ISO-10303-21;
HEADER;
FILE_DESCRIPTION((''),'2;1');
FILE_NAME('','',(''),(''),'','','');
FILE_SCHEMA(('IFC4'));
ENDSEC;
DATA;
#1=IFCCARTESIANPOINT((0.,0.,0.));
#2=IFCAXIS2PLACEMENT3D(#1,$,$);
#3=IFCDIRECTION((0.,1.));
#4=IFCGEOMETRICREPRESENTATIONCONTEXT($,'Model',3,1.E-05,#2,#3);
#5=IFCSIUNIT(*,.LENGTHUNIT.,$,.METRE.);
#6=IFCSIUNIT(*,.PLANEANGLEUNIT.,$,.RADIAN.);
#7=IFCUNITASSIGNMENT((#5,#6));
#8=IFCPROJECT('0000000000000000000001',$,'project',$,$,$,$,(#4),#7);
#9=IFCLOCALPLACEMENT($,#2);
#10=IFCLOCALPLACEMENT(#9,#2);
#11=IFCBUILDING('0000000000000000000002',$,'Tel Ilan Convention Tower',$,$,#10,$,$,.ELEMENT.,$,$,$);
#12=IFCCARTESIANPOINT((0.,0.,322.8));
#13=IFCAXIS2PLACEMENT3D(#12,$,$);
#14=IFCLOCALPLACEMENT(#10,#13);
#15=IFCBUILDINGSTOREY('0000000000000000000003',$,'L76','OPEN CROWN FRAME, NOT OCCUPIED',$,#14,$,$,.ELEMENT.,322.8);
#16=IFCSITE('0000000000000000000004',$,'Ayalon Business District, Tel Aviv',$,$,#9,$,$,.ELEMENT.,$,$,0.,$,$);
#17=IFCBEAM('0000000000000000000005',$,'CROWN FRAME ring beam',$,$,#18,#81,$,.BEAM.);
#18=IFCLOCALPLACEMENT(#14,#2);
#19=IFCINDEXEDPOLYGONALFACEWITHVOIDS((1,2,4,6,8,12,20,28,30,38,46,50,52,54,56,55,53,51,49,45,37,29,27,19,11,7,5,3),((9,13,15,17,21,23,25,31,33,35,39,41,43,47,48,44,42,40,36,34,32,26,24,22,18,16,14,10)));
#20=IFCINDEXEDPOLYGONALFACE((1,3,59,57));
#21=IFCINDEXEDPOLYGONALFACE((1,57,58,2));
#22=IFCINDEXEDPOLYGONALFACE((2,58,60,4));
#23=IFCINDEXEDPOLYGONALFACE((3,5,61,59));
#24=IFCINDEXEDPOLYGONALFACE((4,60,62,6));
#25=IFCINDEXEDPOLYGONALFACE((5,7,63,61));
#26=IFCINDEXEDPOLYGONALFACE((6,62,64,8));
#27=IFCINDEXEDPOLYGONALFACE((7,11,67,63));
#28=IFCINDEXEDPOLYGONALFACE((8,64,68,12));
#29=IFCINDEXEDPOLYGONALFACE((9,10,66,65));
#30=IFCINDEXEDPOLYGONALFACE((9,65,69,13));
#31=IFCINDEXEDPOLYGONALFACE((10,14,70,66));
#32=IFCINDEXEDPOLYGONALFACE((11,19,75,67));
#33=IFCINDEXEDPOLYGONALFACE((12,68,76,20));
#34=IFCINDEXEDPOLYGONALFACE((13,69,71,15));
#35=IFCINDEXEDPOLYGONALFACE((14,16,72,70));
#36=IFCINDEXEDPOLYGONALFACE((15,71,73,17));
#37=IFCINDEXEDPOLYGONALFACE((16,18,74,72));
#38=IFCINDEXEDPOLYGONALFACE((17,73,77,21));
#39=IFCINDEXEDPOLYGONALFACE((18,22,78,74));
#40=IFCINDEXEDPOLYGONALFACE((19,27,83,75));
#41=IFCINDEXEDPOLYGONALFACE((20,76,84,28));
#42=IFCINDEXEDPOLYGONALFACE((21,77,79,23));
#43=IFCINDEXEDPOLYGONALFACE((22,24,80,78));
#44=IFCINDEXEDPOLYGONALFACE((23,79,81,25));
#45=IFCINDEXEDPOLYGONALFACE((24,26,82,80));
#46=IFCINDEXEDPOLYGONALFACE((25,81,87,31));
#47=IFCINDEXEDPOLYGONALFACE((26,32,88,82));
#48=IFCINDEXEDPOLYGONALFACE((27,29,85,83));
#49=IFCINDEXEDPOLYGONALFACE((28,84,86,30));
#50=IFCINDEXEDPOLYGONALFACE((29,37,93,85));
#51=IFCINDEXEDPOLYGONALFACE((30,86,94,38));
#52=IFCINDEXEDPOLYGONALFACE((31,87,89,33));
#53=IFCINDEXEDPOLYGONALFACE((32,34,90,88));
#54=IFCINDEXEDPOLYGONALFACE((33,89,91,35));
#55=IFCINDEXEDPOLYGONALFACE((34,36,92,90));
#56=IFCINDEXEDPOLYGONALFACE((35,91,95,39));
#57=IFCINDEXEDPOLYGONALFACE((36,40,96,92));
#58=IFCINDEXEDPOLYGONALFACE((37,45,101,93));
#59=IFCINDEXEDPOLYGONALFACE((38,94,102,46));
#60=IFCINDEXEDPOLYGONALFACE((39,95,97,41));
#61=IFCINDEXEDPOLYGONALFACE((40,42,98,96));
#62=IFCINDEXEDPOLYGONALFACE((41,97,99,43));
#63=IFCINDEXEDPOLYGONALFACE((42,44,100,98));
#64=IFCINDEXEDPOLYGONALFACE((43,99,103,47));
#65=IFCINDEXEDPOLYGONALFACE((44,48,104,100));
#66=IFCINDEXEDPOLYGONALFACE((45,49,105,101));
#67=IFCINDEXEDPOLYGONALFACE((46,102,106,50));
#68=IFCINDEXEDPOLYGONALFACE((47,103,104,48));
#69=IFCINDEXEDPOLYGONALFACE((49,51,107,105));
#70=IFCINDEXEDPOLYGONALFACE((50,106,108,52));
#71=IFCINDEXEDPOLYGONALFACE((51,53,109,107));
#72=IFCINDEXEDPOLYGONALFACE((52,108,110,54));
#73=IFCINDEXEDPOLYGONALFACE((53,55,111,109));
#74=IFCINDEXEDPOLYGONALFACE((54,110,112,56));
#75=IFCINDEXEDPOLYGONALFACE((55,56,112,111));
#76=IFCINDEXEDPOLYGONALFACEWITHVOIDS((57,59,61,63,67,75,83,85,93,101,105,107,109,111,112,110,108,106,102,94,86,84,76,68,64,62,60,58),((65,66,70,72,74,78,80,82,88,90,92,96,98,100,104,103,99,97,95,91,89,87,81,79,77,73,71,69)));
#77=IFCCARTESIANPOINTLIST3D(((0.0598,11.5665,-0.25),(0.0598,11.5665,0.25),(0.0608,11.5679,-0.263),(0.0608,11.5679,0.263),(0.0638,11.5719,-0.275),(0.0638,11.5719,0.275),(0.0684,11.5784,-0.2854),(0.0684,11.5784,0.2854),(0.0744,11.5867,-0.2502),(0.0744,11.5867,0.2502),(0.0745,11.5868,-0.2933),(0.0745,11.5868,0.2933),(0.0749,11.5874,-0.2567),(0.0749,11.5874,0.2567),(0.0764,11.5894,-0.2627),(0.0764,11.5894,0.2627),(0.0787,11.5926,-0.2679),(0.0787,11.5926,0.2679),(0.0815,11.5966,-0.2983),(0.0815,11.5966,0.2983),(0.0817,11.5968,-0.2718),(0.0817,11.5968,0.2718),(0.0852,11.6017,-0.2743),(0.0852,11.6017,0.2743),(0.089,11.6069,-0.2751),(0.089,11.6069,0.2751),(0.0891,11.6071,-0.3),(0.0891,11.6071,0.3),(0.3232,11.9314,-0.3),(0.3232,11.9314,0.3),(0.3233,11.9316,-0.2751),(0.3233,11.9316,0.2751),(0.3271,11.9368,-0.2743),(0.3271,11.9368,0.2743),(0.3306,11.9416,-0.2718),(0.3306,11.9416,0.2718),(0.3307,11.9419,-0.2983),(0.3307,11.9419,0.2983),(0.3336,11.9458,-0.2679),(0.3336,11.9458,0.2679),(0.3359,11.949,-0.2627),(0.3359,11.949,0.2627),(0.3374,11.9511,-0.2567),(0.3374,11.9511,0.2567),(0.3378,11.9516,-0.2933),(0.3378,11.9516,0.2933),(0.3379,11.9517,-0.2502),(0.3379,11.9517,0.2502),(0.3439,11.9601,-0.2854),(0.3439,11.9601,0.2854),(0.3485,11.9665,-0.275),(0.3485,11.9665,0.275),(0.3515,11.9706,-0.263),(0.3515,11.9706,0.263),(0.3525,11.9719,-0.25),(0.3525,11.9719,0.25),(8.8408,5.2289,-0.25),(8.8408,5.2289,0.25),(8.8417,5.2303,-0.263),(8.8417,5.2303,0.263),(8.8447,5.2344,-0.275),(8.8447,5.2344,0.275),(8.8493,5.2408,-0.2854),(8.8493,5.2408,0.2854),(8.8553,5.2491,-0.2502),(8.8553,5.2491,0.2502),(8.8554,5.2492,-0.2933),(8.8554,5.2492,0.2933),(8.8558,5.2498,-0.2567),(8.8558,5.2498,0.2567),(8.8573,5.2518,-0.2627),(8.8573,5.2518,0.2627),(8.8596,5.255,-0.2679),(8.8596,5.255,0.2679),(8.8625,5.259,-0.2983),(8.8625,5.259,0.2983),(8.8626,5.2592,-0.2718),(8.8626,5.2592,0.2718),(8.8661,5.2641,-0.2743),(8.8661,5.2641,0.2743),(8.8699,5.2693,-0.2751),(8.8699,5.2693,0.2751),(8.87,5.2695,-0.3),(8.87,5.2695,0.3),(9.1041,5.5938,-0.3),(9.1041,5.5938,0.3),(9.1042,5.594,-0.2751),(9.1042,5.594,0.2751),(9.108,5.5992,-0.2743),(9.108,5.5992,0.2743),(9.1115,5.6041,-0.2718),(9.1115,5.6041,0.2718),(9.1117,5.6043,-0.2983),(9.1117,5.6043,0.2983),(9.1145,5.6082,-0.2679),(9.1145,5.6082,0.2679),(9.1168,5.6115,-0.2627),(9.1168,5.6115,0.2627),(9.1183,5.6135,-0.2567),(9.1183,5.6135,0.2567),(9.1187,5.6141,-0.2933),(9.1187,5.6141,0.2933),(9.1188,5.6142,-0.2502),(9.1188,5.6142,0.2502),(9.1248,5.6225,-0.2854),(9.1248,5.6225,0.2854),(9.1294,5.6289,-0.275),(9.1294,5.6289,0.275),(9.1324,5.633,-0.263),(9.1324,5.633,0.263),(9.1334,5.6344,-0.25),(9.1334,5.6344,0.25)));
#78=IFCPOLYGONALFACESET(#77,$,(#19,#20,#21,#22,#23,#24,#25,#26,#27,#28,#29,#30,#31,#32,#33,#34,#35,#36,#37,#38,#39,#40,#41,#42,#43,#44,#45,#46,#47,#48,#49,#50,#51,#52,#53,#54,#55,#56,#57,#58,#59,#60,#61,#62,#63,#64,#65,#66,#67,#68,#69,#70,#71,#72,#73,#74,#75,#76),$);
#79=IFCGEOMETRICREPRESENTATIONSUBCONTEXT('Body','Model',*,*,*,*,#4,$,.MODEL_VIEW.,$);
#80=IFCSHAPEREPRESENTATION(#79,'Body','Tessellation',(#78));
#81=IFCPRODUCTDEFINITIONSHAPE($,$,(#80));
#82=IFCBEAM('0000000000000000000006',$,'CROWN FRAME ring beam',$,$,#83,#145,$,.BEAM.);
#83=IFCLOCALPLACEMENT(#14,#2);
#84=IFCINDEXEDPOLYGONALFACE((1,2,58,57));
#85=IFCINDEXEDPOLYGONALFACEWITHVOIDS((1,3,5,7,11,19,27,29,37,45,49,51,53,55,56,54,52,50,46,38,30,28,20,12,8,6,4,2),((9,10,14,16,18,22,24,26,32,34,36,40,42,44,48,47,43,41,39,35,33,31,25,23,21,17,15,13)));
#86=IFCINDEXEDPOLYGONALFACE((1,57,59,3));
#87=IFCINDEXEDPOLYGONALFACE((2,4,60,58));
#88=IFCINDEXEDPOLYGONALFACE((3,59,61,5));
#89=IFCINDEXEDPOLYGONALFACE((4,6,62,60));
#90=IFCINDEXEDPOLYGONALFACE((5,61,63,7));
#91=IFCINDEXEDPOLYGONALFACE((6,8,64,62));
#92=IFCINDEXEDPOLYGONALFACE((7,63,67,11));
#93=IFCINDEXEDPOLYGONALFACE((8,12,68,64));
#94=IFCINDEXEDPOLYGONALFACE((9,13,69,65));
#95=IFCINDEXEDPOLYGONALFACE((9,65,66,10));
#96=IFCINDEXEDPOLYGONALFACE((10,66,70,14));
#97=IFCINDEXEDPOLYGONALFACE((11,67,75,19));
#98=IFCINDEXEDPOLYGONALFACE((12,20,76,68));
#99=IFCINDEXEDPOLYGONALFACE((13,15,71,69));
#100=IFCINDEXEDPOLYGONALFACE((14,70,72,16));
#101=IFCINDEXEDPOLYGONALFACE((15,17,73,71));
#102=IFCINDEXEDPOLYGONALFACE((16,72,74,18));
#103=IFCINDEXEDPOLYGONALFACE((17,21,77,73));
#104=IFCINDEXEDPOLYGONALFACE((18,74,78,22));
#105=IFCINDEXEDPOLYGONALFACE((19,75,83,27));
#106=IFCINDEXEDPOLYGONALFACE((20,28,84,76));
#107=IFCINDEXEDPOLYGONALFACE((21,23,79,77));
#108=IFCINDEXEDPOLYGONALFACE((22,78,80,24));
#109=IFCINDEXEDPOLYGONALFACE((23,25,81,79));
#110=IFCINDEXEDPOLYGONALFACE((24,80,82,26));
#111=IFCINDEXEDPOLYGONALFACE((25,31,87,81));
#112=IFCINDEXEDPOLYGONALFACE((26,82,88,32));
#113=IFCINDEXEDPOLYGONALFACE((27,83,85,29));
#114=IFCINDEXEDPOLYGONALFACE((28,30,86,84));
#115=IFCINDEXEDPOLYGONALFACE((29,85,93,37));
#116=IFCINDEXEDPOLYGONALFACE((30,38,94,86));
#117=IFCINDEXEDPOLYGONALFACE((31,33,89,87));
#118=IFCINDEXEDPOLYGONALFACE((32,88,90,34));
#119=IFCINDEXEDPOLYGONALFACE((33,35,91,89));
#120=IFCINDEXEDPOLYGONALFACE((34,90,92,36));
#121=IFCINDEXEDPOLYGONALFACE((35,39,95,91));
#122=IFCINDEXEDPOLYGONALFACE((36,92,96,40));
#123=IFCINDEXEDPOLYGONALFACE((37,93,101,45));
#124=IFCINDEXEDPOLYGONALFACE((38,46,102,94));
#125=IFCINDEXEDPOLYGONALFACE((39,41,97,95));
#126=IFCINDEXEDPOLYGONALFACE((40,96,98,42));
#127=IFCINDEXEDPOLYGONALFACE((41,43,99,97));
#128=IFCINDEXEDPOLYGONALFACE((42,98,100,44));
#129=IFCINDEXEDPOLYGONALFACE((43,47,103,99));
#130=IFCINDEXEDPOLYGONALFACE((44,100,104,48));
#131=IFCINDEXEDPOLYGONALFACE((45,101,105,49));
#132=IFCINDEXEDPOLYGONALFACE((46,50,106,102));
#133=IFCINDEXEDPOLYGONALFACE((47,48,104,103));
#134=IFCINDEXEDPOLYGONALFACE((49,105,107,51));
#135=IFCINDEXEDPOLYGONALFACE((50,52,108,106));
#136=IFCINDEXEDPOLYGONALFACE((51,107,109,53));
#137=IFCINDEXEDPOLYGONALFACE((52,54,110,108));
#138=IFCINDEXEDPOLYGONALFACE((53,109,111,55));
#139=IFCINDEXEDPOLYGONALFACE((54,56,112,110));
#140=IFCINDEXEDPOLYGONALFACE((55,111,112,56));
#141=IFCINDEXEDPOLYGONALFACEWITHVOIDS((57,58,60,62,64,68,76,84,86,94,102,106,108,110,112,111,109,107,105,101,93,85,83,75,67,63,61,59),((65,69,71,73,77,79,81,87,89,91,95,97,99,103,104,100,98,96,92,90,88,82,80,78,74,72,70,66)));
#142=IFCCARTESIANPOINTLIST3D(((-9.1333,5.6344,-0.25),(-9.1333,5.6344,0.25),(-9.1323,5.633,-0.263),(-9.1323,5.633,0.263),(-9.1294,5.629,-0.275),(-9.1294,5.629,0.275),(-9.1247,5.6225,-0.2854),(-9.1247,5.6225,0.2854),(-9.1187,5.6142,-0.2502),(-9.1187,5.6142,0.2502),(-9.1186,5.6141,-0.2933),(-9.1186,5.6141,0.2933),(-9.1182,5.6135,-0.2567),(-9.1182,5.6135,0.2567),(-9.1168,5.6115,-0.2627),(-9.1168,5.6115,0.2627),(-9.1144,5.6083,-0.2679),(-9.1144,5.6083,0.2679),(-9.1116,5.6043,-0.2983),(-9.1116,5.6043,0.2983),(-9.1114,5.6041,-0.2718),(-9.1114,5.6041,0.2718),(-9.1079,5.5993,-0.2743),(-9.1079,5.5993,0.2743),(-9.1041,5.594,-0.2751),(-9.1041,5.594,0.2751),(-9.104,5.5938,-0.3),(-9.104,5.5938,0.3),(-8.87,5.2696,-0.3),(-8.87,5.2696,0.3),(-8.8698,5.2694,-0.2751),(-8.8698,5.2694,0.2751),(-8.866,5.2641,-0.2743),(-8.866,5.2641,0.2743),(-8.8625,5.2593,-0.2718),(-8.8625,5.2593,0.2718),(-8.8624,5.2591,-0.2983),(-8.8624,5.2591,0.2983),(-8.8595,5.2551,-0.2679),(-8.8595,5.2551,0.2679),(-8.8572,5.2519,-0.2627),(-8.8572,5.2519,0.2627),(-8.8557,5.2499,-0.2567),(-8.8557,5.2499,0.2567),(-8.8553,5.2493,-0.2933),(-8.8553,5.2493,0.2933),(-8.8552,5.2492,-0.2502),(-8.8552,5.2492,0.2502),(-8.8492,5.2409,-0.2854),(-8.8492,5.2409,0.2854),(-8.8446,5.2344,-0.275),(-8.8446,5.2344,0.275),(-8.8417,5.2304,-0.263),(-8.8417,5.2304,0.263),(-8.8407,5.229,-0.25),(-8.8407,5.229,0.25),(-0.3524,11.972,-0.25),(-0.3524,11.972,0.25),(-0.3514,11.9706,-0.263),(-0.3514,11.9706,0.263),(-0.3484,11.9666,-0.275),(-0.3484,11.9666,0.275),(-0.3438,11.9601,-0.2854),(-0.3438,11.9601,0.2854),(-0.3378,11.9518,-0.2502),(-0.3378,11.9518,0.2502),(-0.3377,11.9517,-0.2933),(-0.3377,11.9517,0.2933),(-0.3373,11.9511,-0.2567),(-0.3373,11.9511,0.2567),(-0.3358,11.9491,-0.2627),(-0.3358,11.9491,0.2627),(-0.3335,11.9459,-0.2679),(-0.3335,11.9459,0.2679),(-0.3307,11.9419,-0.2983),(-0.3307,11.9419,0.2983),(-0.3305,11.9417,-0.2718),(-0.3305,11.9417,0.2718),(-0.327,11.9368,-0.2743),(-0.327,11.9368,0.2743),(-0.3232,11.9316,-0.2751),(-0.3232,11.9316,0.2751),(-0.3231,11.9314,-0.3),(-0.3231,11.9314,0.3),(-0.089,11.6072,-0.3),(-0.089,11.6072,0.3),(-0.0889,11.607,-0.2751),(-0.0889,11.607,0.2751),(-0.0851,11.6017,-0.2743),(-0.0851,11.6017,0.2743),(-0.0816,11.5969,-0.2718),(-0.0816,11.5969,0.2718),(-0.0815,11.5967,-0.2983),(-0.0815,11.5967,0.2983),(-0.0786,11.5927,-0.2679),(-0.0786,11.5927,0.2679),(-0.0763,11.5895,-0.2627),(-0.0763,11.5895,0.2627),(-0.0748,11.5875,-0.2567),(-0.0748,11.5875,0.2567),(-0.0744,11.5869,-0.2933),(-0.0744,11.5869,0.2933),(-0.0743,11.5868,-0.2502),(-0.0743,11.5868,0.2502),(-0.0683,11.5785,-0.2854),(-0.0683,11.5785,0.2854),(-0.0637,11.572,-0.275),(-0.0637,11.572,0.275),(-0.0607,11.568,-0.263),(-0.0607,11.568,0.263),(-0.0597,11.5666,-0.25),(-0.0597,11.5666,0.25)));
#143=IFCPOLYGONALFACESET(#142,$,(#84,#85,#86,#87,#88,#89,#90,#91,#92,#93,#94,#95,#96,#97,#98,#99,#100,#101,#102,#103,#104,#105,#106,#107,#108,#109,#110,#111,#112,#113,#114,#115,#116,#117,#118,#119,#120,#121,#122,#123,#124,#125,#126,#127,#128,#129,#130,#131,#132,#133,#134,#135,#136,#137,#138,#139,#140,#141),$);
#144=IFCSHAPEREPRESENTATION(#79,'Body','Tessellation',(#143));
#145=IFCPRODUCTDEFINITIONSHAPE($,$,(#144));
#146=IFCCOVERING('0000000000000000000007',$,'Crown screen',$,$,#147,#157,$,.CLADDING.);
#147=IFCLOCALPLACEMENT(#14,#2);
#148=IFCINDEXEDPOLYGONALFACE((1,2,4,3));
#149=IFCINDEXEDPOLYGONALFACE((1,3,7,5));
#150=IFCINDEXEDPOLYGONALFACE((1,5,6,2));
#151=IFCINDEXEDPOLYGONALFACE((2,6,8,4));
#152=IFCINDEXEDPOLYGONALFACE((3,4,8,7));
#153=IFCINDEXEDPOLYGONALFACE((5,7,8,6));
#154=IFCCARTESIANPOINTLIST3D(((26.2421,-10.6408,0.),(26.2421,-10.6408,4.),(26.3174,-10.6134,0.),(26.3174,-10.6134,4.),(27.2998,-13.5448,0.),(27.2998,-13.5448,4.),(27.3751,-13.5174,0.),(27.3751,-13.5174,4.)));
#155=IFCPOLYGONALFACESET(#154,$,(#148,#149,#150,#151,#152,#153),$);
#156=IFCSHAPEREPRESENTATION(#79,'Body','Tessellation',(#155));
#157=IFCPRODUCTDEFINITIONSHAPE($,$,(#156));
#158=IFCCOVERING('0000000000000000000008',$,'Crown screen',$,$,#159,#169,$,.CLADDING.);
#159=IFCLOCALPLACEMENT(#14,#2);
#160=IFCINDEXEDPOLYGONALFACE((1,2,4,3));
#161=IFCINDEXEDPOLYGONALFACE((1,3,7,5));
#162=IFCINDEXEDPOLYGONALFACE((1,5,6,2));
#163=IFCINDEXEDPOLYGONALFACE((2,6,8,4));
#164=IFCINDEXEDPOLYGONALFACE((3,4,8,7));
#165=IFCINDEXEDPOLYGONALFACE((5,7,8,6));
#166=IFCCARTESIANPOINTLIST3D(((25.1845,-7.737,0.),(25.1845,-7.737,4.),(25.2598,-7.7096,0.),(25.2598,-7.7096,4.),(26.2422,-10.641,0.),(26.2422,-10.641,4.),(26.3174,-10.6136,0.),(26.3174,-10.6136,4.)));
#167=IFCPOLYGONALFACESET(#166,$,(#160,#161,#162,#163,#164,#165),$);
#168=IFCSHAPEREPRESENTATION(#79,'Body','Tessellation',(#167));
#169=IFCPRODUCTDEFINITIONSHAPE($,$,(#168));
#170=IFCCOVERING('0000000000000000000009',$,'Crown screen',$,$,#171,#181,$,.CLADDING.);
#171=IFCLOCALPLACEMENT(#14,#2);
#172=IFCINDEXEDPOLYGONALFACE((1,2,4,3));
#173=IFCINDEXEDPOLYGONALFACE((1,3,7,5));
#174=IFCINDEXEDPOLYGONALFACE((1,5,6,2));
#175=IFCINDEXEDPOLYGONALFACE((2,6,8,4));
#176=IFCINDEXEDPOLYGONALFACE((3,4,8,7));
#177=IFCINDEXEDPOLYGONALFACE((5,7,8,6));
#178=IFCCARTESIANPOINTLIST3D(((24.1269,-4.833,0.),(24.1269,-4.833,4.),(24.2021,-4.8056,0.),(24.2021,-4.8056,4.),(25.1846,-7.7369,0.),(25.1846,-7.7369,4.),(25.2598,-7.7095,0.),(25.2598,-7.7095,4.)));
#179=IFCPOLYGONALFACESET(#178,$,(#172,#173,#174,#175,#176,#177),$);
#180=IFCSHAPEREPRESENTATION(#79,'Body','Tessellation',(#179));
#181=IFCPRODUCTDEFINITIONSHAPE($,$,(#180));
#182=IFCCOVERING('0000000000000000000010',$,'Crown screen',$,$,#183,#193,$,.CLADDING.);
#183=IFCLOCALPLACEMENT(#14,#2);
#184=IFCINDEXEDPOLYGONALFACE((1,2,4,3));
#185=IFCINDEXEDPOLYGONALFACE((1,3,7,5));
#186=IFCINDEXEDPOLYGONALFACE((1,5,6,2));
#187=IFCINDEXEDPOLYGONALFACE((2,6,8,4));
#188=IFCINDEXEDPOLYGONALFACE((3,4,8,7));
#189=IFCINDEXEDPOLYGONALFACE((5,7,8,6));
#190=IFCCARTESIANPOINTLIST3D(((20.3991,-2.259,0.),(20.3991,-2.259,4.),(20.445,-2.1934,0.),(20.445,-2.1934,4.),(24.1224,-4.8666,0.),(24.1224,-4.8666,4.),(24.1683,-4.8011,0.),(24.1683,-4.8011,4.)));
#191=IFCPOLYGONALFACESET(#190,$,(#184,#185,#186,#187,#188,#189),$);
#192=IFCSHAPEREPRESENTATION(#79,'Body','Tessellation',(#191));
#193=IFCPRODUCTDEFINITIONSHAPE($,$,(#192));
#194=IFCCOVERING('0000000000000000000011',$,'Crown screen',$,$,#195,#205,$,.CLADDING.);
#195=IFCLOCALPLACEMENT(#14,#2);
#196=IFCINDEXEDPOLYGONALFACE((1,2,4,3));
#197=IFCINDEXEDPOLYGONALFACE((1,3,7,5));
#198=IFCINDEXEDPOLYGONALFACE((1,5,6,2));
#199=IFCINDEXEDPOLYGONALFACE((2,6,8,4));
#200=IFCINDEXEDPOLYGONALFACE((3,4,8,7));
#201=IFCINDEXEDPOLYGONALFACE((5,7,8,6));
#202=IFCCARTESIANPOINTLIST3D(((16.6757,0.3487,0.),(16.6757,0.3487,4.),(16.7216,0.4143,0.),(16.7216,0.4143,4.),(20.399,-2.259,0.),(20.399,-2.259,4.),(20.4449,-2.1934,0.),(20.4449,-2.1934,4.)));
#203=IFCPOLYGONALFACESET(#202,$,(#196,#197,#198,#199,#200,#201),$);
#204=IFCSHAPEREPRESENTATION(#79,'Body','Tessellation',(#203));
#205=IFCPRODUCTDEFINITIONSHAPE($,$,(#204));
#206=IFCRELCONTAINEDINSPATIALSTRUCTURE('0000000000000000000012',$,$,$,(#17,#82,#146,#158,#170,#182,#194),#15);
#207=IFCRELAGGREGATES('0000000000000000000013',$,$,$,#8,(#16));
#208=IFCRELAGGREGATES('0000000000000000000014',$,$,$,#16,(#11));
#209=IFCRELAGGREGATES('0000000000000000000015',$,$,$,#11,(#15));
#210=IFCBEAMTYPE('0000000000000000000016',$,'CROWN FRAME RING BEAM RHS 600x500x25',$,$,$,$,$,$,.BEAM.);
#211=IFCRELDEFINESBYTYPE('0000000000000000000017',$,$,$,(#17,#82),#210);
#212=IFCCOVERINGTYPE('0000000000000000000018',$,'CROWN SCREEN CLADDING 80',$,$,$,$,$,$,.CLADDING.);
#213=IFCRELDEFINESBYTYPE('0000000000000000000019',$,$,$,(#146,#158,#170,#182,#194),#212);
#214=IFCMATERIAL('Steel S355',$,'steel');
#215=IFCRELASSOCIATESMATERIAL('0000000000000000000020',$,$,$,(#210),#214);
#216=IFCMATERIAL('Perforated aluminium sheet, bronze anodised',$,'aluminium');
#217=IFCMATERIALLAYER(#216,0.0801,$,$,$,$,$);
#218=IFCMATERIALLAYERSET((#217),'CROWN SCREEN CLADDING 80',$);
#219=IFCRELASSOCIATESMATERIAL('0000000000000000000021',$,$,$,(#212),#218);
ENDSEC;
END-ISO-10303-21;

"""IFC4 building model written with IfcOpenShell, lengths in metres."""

from ifc_helpers import new_model, si_unit, direction, frame, origin, origin_2d, place, context, subcontext, project, spatial, rectangle, hollow_rectangle, extrude, material, layer, layer_set, material_profile, profile_set, type_object, element, save


model = new_model("IFC4")

# Units and contexts
model_context = context("Model", 3, precision=1e-05, world=origin(), true_north=direction((0.0, 1.0)))
body_context = subcontext(model_context, "Body", "Model", "MODEL_VIEW")
ifc_project = project(units=[si_unit("LENGTHUNIT", "METRE"), si_unit("PLANEANGLEUNIT", "RADIAN")], contexts=[model_context])

# Site, building, storey
site_placement = place(None, origin())
site = spatial("IfcSite", under=ifc_project, at=site_placement, Name="Ayalon Business District, Tel Aviv", CompositionType="ELEMENT", RefElevation=0.0)
building_placement = place(site_placement, origin())
building = spatial("IfcBuilding", under=site, at=building_placement, Name="Tel Ilan Convention Tower", CompositionType="ELEMENT")
storey_placement = place(building_placement, frame((0.0, 0.0, 322.8)))
storey = spatial("IfcBuildingStorey", under=building, at=storey_placement, Name="L76", Description="OPEN CROWN FRAME, NOT OCCUPIED", CompositionType="ELEMENT", Elevation=322.8)

# Beams
ifc_material_1 = material(Name="Steel S355", Category="steel")
ifc_material_profile_1 = material_profile(ifc_material_1, hollow_rectangle(XDim=0.5, YDim=0.6001, WallThickness=0.0249, InnerFilletRadius=0.0249, OuterFilletRadius=0.05, at=origin_2d()), Name="RHS 600x500x25")
ifc_profile_set_1 = profile_set([ifc_material_profile_1], Name="Steel S355")
beam_type = type_object("IfcBeamType", Name="CROWN FRAME RING BEAM RHS 600x500x25", PredefinedType="BEAM", material=ifc_profile_set_1)
for number, where, z_axis, x_axis, name in (
    (1, (8.9871, 5.4316, 0.0), (-0.810863, 0.585236, 0.0), (-0.585236, -0.810863, 0.0), "CROWN FRAME ring beam"),
    (2, (-0.2061, 11.7693, 0.0), (-0.810863, -0.585236, 0.0), (0.585236, -0.810863, 0.0), "CROWN FRAME ring beam"),
):
    element("IfcBeam", number, at=place(storey_placement, frame(where, z_axis=z_axis, x_axis=x_axis)), inside=storey, type_object=beam_type, Name=name, PredefinedType="BEAM", context=body_context, shape_type="SweptSolid", body=[
        extrude(hollow_rectangle(XDim=0.5, YDim=0.6001, WallThickness=0.0249, InnerFilletRadius=0.0249, OuterFilletRadius=0.05, at=origin_2d()), origin(), (0.0, 0.0, 1.0), 10.8291),
    ])

# Coverings
ifc_material_2 = material(Name="Perforated aluminium sheet, bronze anodised", Category="aluminium")
ifc_layer = layer(ifc_material_2, 0.0801)
ifc_layer_set = layer_set([ifc_layer], Name="CROWN SCREEN CLADDING 80")
covering_type = type_object("IfcCoveringType", Name="CROWN SCREEN CLADDING 80", PredefinedType="CLADDING", material=ifc_layer_set)
for number, where, z_axis, x_axis, name in (
    (3, (26.8086, -12.0791, 0.0), (0.0, 0.0, 1.0), (-0.342225, 0.939618, 0.0), "Crown screen"),
    (4, (25.751, -9.1753, 0.0), (0.0, 0.0, 1.0), (-0.342225, 0.939618, 0.0), "Crown screen"),
    (5, (24.6934, -6.2712, 0.0), (0.0, 0.0, 1.0), (-0.342225, 0.939618, 0.0), "Crown screen"),
):
    element("IfcCovering", number, at=place(storey_placement, frame(where, z_axis=z_axis, x_axis=x_axis)), inside=storey, type_object=covering_type, Name=name, PredefinedType="CLADDING", context=body_context, shape_type="SweptSolid", body=[
        extrude(rectangle(XDim=3.0906, YDim=0.0801, at=origin_2d()), origin(), (0.0, 0.0, 1.0), 4.0),
    ])
for number, where, z_axis, x_axis, name in (
    (6, (22.2837, -3.53, 0.0), (0.0, 0.0, 1.0), (-0.819096, 0.573656, 0.0), "Crown screen"),
    (7, (18.5603, -0.9224, 0.0), (0.0, 0.0, 1.0), (-0.819096, 0.573656, 0.0), "Crown screen"),
):
    element("IfcCovering", number, at=place(storey_placement, frame(where, z_axis=z_axis, x_axis=x_axis)), inside=storey, type_object=covering_type, Name=name, PredefinedType="CLADDING", context=body_context, shape_type="SweptSolid", body=[
        extrude(rectangle(XDim=4.5457, YDim=0.0801, at=origin_2d()), origin(), (0.0, 0.0, 1.0), 4.0),
    ])

save(model, "model.ifc")
